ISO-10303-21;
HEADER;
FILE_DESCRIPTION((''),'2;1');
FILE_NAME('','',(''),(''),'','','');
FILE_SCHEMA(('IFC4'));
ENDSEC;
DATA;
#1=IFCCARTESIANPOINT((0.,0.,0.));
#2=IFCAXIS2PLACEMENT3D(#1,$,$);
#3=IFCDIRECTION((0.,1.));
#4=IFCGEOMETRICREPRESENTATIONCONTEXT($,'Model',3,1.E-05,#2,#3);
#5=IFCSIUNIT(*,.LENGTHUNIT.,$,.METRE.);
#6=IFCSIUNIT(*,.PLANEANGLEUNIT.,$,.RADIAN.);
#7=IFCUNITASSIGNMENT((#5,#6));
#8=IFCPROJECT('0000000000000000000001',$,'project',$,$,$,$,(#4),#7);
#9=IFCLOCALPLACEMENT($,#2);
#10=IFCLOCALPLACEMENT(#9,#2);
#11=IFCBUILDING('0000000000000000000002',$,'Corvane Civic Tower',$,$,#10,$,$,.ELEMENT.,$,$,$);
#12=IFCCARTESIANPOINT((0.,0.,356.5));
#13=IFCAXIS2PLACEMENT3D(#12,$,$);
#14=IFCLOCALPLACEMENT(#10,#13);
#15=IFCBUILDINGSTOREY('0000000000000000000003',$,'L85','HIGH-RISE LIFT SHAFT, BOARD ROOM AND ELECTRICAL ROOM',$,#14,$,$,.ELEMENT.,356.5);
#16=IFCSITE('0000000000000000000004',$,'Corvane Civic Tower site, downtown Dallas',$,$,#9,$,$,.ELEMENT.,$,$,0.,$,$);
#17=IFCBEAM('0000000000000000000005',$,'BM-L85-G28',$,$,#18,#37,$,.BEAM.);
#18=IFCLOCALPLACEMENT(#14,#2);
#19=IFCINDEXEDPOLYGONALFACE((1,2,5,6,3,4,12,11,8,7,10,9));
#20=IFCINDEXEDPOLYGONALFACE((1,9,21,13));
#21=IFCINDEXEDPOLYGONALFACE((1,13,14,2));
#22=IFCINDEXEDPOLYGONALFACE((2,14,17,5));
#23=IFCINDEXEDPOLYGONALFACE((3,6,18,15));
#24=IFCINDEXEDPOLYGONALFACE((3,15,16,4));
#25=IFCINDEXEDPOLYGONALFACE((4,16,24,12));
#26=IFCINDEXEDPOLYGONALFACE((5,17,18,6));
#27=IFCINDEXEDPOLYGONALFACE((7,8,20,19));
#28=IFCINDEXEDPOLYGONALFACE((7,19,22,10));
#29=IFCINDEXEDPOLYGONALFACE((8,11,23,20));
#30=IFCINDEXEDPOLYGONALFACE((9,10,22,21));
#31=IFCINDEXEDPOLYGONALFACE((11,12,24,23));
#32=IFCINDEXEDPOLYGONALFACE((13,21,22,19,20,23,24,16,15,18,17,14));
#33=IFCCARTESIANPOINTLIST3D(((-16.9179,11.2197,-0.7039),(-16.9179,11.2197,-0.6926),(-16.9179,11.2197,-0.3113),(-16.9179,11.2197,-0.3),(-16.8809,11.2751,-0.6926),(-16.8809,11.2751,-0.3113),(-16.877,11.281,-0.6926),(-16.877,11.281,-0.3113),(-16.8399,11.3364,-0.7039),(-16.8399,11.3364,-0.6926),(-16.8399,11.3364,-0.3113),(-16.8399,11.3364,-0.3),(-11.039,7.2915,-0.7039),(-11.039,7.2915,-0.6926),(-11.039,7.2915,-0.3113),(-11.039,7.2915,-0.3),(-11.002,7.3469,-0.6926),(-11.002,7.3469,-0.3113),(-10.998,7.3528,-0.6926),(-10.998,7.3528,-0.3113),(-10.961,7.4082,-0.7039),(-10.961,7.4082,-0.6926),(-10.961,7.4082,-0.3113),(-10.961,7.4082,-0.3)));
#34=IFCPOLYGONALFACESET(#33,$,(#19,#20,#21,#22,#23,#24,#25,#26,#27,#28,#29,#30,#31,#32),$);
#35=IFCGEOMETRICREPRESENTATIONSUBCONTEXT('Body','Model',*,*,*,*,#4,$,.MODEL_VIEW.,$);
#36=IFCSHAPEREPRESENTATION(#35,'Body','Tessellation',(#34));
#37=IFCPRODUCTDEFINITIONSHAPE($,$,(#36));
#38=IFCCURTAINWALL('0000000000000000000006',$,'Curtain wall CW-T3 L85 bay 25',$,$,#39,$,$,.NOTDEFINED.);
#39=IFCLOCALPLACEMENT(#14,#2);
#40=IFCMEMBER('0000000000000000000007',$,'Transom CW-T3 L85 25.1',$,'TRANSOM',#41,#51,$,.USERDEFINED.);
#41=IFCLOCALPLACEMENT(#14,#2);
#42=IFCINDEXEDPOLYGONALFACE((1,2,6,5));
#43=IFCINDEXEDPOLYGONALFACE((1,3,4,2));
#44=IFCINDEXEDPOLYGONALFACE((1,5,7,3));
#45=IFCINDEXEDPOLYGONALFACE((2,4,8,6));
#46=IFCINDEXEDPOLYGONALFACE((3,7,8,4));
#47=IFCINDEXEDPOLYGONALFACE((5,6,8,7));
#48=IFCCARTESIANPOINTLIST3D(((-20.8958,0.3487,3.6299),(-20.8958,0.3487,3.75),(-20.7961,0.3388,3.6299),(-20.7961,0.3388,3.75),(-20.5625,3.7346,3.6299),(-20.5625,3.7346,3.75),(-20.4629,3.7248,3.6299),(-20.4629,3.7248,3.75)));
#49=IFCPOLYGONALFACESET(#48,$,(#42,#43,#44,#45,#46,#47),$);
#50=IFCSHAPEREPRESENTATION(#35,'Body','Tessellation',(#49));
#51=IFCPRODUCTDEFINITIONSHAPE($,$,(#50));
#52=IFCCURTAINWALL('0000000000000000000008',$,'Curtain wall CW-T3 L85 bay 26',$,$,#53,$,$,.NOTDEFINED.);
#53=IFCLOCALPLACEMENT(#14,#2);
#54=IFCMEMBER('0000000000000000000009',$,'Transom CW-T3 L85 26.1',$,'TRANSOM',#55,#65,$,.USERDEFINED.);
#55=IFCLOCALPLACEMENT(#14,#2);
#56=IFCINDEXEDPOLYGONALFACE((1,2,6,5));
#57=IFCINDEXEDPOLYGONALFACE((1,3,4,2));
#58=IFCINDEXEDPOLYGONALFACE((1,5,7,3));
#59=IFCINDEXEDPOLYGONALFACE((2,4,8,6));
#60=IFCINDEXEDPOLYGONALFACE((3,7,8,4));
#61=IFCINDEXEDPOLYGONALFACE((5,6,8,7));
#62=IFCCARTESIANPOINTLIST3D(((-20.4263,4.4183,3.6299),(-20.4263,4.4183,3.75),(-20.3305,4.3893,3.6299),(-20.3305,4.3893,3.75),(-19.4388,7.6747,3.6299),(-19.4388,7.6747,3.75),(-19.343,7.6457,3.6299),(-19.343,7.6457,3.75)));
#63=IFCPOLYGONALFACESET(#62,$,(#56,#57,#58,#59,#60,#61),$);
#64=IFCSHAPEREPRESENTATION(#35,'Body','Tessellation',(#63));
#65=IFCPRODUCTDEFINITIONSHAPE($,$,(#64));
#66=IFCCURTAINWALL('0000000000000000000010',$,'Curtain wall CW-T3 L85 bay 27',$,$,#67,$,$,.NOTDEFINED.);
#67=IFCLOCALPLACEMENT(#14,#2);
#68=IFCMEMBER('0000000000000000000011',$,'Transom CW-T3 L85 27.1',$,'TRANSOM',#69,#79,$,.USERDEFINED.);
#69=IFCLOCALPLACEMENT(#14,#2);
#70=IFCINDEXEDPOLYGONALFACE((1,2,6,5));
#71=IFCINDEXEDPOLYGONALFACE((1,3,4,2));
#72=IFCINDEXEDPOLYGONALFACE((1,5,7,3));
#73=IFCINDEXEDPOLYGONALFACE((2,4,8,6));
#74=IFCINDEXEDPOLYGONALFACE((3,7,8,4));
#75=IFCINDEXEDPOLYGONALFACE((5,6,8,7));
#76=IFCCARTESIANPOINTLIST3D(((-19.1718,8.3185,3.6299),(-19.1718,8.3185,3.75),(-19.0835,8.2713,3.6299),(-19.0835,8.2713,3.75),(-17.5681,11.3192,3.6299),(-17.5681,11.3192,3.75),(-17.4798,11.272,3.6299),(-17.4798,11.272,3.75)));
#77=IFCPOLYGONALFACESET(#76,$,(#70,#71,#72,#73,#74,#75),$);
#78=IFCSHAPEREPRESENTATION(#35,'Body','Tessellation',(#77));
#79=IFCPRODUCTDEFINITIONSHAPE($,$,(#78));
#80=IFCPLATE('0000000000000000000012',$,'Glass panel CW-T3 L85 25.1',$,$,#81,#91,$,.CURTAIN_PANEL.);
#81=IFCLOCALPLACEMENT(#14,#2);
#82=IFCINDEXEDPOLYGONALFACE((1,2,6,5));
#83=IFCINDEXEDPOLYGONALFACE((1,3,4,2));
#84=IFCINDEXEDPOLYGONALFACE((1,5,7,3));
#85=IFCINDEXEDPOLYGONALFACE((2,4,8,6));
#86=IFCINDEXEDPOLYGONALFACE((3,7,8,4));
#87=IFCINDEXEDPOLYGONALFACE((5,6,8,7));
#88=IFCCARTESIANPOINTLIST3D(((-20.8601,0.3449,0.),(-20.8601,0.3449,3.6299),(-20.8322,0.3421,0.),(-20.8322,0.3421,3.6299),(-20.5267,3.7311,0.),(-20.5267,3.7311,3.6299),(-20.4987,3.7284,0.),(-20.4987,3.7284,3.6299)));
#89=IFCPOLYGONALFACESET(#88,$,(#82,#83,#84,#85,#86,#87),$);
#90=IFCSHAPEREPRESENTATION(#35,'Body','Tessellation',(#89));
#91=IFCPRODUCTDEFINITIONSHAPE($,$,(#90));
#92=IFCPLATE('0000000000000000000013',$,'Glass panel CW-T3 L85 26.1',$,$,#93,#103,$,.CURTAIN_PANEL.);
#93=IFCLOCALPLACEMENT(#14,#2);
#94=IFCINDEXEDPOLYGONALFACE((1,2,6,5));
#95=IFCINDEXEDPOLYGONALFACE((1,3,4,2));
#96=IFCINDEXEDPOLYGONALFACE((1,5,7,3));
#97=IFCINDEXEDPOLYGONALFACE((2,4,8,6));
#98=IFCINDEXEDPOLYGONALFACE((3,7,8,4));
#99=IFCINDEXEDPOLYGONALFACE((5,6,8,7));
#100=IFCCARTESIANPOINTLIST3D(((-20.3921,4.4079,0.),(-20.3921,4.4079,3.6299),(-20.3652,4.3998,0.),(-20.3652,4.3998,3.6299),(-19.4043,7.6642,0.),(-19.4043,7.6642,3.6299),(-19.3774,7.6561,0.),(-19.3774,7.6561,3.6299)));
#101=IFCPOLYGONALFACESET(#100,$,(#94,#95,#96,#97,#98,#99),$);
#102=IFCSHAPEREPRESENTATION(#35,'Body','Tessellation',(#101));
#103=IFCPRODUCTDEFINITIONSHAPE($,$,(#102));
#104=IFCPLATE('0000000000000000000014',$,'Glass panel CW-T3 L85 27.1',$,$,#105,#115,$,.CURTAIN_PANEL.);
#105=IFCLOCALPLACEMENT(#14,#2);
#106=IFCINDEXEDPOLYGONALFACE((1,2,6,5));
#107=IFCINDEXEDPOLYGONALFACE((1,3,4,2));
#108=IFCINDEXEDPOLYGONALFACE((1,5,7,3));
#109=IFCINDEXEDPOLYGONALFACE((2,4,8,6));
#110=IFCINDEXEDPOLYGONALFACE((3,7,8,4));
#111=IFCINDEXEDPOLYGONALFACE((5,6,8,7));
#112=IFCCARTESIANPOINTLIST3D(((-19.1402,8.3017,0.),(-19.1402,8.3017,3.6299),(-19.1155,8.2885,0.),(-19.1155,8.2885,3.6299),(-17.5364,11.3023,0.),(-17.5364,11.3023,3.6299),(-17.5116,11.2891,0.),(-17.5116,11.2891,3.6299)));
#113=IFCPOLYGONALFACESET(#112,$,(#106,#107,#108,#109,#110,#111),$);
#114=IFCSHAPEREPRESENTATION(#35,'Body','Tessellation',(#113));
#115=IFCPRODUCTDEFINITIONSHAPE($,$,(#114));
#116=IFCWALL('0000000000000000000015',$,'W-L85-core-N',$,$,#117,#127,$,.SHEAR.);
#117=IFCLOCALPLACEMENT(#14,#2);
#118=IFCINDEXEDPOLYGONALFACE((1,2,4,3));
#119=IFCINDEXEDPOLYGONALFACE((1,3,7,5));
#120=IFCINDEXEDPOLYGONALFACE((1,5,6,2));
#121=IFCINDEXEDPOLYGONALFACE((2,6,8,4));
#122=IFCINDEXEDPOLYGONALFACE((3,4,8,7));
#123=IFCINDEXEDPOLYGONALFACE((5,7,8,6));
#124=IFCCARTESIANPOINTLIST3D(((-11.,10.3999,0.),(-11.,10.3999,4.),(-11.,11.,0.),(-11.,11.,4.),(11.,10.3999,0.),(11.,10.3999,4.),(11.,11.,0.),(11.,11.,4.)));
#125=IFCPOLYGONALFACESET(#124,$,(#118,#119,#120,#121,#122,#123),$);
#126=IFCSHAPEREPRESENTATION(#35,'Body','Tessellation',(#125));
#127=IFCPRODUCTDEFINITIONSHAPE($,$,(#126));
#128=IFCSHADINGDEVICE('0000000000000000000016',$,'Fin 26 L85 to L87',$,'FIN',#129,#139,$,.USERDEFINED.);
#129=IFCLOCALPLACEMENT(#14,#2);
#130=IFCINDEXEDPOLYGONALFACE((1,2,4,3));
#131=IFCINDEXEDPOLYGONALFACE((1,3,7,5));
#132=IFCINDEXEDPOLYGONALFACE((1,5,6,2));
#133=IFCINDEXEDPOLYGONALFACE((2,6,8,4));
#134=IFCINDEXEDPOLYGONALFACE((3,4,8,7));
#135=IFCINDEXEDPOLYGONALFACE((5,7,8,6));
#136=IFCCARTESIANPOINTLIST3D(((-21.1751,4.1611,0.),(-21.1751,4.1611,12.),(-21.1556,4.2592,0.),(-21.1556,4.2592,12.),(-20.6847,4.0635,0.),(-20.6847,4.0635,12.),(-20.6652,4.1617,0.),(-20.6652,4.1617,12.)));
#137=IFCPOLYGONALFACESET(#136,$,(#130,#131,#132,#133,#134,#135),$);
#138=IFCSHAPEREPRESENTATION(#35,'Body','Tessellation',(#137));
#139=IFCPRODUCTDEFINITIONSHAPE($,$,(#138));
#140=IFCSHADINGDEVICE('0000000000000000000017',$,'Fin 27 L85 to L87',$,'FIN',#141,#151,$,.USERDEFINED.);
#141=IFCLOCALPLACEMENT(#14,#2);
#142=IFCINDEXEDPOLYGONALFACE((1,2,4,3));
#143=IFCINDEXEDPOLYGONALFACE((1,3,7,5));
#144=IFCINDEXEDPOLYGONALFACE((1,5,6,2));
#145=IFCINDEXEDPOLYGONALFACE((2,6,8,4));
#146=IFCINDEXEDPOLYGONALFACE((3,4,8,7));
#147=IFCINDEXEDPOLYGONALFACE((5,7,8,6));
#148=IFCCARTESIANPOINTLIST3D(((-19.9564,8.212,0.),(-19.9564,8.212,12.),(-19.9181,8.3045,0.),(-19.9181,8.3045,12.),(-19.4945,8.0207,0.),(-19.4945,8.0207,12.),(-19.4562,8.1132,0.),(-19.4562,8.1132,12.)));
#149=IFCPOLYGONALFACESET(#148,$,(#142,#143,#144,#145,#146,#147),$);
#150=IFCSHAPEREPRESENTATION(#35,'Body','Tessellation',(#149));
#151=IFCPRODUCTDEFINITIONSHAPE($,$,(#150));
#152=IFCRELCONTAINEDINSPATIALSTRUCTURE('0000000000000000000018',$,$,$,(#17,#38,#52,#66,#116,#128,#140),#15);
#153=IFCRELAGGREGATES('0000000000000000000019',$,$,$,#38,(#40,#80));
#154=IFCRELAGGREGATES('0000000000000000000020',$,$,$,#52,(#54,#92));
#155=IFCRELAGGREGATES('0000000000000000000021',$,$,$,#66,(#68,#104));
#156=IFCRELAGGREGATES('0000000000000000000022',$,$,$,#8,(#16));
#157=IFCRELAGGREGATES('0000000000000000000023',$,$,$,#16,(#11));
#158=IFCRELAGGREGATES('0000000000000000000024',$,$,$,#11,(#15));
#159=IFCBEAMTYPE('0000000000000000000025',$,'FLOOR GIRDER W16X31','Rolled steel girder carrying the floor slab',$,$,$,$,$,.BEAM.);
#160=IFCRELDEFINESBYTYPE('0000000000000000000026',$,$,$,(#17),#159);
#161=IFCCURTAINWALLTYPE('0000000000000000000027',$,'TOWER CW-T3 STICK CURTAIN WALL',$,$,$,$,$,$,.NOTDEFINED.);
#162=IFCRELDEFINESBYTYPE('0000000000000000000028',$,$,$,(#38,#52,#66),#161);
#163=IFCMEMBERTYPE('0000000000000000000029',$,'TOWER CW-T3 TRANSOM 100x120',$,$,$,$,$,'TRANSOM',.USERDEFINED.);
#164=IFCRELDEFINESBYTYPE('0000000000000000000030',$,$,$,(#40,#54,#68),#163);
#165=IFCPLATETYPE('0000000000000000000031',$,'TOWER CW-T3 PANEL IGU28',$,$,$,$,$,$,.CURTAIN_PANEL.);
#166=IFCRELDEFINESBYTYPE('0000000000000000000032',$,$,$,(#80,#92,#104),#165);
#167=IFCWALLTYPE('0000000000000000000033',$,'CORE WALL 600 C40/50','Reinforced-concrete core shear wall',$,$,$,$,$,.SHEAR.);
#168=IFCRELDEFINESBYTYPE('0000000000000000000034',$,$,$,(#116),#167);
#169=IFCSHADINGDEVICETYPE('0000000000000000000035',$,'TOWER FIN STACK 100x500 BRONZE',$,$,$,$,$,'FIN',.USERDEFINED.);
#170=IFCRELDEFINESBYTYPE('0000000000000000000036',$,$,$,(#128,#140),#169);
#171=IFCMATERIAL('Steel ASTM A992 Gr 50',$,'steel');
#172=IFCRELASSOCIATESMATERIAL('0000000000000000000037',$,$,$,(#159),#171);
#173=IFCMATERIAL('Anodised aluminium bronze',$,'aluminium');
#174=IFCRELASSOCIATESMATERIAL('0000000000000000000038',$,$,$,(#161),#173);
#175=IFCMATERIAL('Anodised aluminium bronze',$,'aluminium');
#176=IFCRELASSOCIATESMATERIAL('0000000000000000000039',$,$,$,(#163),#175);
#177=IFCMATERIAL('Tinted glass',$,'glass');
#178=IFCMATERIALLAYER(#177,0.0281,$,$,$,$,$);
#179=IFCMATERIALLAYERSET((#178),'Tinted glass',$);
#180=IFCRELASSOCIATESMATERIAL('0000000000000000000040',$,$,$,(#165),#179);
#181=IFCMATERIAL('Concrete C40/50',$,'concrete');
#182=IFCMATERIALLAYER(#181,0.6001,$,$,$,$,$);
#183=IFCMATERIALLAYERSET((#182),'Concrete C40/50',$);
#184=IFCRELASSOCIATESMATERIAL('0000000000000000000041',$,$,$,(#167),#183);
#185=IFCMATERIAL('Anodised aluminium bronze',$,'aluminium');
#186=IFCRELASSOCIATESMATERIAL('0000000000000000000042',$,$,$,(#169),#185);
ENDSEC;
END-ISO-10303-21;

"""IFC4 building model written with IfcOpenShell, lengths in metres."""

from ifc_helpers import new_model, si_unit, direction, frame, frame_2d, origin, origin_2d, place, context, subcontext, project, spatial, rectangle, i_section, extrude, material, layer, layer_set, material_profile, profile_set, type_object, element, aggregate, save


model = new_model("IFC4")

# Units and contexts
model_context = context("Model", 3, precision=1e-05, world=origin(), true_north=direction((0.0, 1.0)))
body_context = subcontext(model_context, "Body", "Model", "MODEL_VIEW")
ifc_project = project(units=[si_unit("LENGTHUNIT", "METRE"), si_unit("PLANEANGLEUNIT", "RADIAN")], contexts=[model_context])

# Site, building, storey
site_placement = place(None, origin())
site = spatial("IfcSite", under=ifc_project, at=site_placement, Name="Corvane Civic Tower site, downtown Dallas", CompositionType="ELEMENT", RefElevation=0.0)
building_placement = place(site_placement, origin())
building = spatial("IfcBuilding", under=site, at=building_placement, Name="Corvane Civic Tower", CompositionType="ELEMENT")
storey_placement = place(building_placement, frame((0.0, 0.0, 356.5)))
storey = spatial("IfcBuildingStorey", under=building, at=storey_placement, Name="L85", Description="HIGH-RISE LIFT SHAFT, BOARD ROOM AND ELECTRICAL ROOM", CompositionType="ELEMENT", Elevation=356.5)

# Beam
ifc_material_1 = material(Name="Steel ASTM A992 Gr 50", Category="steel")
ifc_material_profile_1 = material_profile(ifc_material_1, i_section(OverallWidth=0.1404, OverallDepth=0.4038, WebThickness=0.0071, FlangeThickness=0.0112, at=origin_2d()), Name="W16X31")
ifc_profile_set_1 = profile_set([ifc_material_profile_1], Name="Steel ASTM A992 Gr 50")
beam_type_1 = type_object("IfcBeamType", Name="FLOOR GIRDER W16X31", Description="Rolled steel girder carrying the floor slab", PredefinedType="BEAM", material=ifc_profile_set_1)
beam_1_placement = place(storey_placement, frame((-11.0, 7.3499, -0.502), z_axis=(-0.831465, 0.555576, 0.0), x_axis=(-0.555576, -0.831465, 0.0)))
element("IfcBeam", 1, at=beam_1_placement, inside=storey, type_object=beam_type_1, Name="BM-L85-G28", PredefinedType="BEAM", context=body_context, shape_type="SweptSolid", body=[
    extrude(i_section(OverallWidth=0.1404, OverallDepth=0.4038, WebThickness=0.0071, FlangeThickness=0.0112, at=origin_2d()), origin(), (0.0, 0.0, 1.0), 7.0706),
])

# Curtain walls, members
ifc_material_2 = material(Name="Anodised aluminium bronze", Category="aluminium")
curtain_wall_type = type_object("IfcCurtainWallType", Name="TOWER CW-T3 STICK CURTAIN WALL", PredefinedType="NOTDEFINED", material=ifc_material_2)
curtain_wall_1_placement = place(storey_placement, origin())
curtain_wall_1 = element("IfcCurtainWall", 2, at=curtain_wall_1_placement, inside=storey, type_object=curtain_wall_type, Name="Curtain wall CW-T3 L85 bay 25", PredefinedType="NOTDEFINED")
ifc_material_3 = material(Name="Anodised aluminium bronze", Category="aluminium")
ifc_material_profile_2 = material_profile(ifc_material_3, rectangle(XDim=0.1001, YDim=0.1201, at=origin_2d()), Name="TOWER CW-T3 TRANSOM 100x120")
ifc_profile_set_2 = profile_set([ifc_material_profile_2], Name="Anodised aluminium bronze")
member_type = type_object("IfcMemberType", Name="TOWER CW-T3 TRANSOM 100x120", ElementType="TRANSOM", PredefinedType="USERDEFINED", material=ifc_profile_set_2)
member_1_placement = place(storey_placement, frame((-20.8459, 0.3438, 3.6899), z_axis=(0.097948, 0.995192, 0.0), x_axis=(-0.995192, 0.097948, 0.0)))
member_1 = element("IfcMember", 3, at=member_1_placement, type_object=member_type, Name="Transom CW-T3 L85 25.1", ObjectType="TRANSOM", PredefinedType="USERDEFINED", context=body_context, shape_type="SweptSolid", body=[
    extrude(rectangle(XDim=0.1001, YDim=0.1201, at=origin_2d()), origin(), (0.0, 0.0, 1.0), 3.4023),
])
curtain_wall_2_placement = place(storey_placement, origin())
curtain_wall_2 = element("IfcCurtainWall", 4, at=curtain_wall_2_placement, inside=storey, type_object=curtain_wall_type, Name="Curtain wall CW-T3 L85 bay 26", PredefinedType="NOTDEFINED")
member_2_placement = place(storey_placement, frame((-20.3784, 4.4038, 3.6899), z_axis=(0.290216, 0.956961, 0.0), x_axis=(-0.956961, 0.290216, 0.0)))
member_2 = element("IfcMember", 5, at=member_2_placement, type_object=member_type, Name="Transom CW-T3 L85 26.1", ObjectType="TRANSOM", PredefinedType="USERDEFINED", context=body_context, shape_type="SweptSolid", body=[
    extrude(rectangle(XDim=0.1001, YDim=0.1201, at=origin_2d()), origin(), (0.0, 0.0, 1.0), 3.4028),
])
curtain_wall_3_placement = place(storey_placement, origin())
curtain_wall_3 = element("IfcCurtainWall", 6, at=curtain_wall_3_placement, inside=storey, type_object=curtain_wall_type, Name="Curtain wall CW-T3 L85 bay 27", PredefinedType="NOTDEFINED")
member_3_placement = place(storey_placement, frame((-19.1277, 8.2949, 3.6899), z_axis=(0.471359, 0.881941, 0.0), x_axis=(-0.881941, 0.471359, 0.0)))
member_3 = element("IfcMember", 7, at=member_3_placement, type_object=member_type, Name="Transom CW-T3 L85 27.1", ObjectType="TRANSOM", PredefinedType="USERDEFINED", context=body_context, shape_type="SweptSolid", body=[
    extrude(rectangle(XDim=0.1001, YDim=0.1201, at=origin_2d()), origin(), (0.0, 0.0, 1.0), 3.4023),
])

# Plates
ifc_material_4 = material(Name="Tinted glass", Category="glass")
ifc_layer_1 = layer(ifc_material_4, 0.0281)
ifc_layer_set_1 = layer_set([ifc_layer_1], Name="Tinted glass")
plate_type = type_object("IfcPlateType", Name="TOWER CW-T3 PANEL IGU28", PredefinedType="CURTAIN_PANEL", material=ifc_layer_set_1)
plate_1_placement = place(storey_placement, frame((-20.6794, 2.0366, 0.0), z_axis=(0.0, 0.0, 1.0), x_axis=(0.097998, 0.995187, 0.0)))
plate_1 = element("IfcPlate", 8, at=plate_1_placement, type_object=plate_type, Name="Glass panel CW-T3 L85 25.1", PredefinedType="CURTAIN_PANEL", context=body_context, shape_type="SweptSolid", body=[
    extrude(rectangle(XDim=3.4026, YDim=0.0281, at=origin_2d()), origin(), (0.0, 0.0, 1.0), 3.6299),
])
aggregate(curtain_wall_1, [member_1, plate_1])
plate_2_placement = place(storey_placement, frame((-19.8848, 6.032, 0.0), z_axis=(0.0, 0.0, 1.0), x_axis=(0.29029, 0.956939, 0.0)))
plate_2 = element("IfcPlate", 9, at=plate_2_placement, type_object=plate_type, Name="Glass panel CW-T3 L85 26.1", PredefinedType="CURTAIN_PANEL", context=body_context, shape_type="SweptSolid", body=[
    extrude(rectangle(XDim=3.4028, YDim=0.0281, at=origin_2d()), origin(), (0.0, 0.0, 1.0), 3.6299),
])
aggregate(curtain_wall_2, [member_2, plate_2])
plate_3_placement = place(storey_placement, frame((-18.3259, 9.7954, 0.0), z_axis=(0.0, 0.0, 1.0), x_axis=(0.471384, 0.881928, 0.0)))
plate_3 = element("IfcPlate", 10, at=plate_3_placement, type_object=plate_type, Name="Glass panel CW-T3 L85 27.1", PredefinedType="CURTAIN_PANEL", context=body_context, shape_type="SweptSolid", body=[
    extrude(rectangle(XDim=3.4023, YDim=0.0281, at=origin_2d()), origin(), (0.0, 0.0, 1.0), 3.6299),
])
aggregate(curtain_wall_3, [member_3, plate_3])

# Wall
ifc_material_5 = material(Name="Concrete C40/50", Category="concrete")
ifc_layer_2 = layer(ifc_material_5, 0.6001)
ifc_layer_set_2 = layer_set([ifc_layer_2], Name="Concrete C40/50")
wall_type = type_object("IfcWallType", Name="CORE WALL 600 C40/50", Description="Reinforced-concrete core shear wall", PredefinedType="SHEAR", material=ifc_layer_set_2)
wall_placement = place(storey_placement, frame((-11.0, 10.7, 0.0), z_axis=(0.0, 0.0, 1.0), x_axis=(1.0, 0.0, 0.0)))
element("IfcWall", 11, at=wall_placement, inside=storey, type_object=wall_type, Name="W-L85-core-N", PredefinedType="SHEAR", context=body_context, shape_type="SweptSolid", body=[
    extrude(rectangle(XDim=22.0, YDim=0.6001, at=frame_2d((11.0, 0.0))), origin(), (0.0, 0.0, 1.0), 4.0),
])

# Shading devices
ifc_material_6 = material(Name="Anodised aluminium bronze", Category="aluminium")
ifc_material_profile_3 = material_profile(ifc_material_6, rectangle(XDim=0.1001, YDim=0.5, at=origin_2d()), Name="TOWER FIN STACK 100x500 BRONZE")
ifc_profile_set_3 = profile_set([ifc_material_profile_3], Name="Anodised aluminium bronze")
shading_device_type = type_object("IfcShadingDeviceType", Name="TOWER FIN STACK 100x500 BRONZE", ElementType="FIN", PredefinedType="USERDEFINED", material=ifc_profile_set_3)
for number, where, z_axis, x_axis, name in (
    (12, (-20.9202, 4.1614, 0.0), (0.0, 0.0, 1.0), (0.19509, 0.980785, 0.0), "Fin 26 L85 to L87"),
    (13, (-19.7063, 8.1626, 0.0), (0.0, 0.0, 1.0), (0.382683, 0.92388, 0.0), "Fin 27 L85 to L87"),
):
    element("IfcShadingDevice", number, at=place(storey_placement, frame(where, z_axis=z_axis, x_axis=x_axis)), inside=storey, type_object=shading_device_type, Name=name, ObjectType="FIN", PredefinedType="USERDEFINED", context=body_context, shape_type="SweptSolid", body=[
        extrude(rectangle(XDim=0.1001, YDim=0.5, at=origin_2d()), origin(), (0.0, 0.0, 1.0), 12.0),
    ])

save(model, "model.ifc")
